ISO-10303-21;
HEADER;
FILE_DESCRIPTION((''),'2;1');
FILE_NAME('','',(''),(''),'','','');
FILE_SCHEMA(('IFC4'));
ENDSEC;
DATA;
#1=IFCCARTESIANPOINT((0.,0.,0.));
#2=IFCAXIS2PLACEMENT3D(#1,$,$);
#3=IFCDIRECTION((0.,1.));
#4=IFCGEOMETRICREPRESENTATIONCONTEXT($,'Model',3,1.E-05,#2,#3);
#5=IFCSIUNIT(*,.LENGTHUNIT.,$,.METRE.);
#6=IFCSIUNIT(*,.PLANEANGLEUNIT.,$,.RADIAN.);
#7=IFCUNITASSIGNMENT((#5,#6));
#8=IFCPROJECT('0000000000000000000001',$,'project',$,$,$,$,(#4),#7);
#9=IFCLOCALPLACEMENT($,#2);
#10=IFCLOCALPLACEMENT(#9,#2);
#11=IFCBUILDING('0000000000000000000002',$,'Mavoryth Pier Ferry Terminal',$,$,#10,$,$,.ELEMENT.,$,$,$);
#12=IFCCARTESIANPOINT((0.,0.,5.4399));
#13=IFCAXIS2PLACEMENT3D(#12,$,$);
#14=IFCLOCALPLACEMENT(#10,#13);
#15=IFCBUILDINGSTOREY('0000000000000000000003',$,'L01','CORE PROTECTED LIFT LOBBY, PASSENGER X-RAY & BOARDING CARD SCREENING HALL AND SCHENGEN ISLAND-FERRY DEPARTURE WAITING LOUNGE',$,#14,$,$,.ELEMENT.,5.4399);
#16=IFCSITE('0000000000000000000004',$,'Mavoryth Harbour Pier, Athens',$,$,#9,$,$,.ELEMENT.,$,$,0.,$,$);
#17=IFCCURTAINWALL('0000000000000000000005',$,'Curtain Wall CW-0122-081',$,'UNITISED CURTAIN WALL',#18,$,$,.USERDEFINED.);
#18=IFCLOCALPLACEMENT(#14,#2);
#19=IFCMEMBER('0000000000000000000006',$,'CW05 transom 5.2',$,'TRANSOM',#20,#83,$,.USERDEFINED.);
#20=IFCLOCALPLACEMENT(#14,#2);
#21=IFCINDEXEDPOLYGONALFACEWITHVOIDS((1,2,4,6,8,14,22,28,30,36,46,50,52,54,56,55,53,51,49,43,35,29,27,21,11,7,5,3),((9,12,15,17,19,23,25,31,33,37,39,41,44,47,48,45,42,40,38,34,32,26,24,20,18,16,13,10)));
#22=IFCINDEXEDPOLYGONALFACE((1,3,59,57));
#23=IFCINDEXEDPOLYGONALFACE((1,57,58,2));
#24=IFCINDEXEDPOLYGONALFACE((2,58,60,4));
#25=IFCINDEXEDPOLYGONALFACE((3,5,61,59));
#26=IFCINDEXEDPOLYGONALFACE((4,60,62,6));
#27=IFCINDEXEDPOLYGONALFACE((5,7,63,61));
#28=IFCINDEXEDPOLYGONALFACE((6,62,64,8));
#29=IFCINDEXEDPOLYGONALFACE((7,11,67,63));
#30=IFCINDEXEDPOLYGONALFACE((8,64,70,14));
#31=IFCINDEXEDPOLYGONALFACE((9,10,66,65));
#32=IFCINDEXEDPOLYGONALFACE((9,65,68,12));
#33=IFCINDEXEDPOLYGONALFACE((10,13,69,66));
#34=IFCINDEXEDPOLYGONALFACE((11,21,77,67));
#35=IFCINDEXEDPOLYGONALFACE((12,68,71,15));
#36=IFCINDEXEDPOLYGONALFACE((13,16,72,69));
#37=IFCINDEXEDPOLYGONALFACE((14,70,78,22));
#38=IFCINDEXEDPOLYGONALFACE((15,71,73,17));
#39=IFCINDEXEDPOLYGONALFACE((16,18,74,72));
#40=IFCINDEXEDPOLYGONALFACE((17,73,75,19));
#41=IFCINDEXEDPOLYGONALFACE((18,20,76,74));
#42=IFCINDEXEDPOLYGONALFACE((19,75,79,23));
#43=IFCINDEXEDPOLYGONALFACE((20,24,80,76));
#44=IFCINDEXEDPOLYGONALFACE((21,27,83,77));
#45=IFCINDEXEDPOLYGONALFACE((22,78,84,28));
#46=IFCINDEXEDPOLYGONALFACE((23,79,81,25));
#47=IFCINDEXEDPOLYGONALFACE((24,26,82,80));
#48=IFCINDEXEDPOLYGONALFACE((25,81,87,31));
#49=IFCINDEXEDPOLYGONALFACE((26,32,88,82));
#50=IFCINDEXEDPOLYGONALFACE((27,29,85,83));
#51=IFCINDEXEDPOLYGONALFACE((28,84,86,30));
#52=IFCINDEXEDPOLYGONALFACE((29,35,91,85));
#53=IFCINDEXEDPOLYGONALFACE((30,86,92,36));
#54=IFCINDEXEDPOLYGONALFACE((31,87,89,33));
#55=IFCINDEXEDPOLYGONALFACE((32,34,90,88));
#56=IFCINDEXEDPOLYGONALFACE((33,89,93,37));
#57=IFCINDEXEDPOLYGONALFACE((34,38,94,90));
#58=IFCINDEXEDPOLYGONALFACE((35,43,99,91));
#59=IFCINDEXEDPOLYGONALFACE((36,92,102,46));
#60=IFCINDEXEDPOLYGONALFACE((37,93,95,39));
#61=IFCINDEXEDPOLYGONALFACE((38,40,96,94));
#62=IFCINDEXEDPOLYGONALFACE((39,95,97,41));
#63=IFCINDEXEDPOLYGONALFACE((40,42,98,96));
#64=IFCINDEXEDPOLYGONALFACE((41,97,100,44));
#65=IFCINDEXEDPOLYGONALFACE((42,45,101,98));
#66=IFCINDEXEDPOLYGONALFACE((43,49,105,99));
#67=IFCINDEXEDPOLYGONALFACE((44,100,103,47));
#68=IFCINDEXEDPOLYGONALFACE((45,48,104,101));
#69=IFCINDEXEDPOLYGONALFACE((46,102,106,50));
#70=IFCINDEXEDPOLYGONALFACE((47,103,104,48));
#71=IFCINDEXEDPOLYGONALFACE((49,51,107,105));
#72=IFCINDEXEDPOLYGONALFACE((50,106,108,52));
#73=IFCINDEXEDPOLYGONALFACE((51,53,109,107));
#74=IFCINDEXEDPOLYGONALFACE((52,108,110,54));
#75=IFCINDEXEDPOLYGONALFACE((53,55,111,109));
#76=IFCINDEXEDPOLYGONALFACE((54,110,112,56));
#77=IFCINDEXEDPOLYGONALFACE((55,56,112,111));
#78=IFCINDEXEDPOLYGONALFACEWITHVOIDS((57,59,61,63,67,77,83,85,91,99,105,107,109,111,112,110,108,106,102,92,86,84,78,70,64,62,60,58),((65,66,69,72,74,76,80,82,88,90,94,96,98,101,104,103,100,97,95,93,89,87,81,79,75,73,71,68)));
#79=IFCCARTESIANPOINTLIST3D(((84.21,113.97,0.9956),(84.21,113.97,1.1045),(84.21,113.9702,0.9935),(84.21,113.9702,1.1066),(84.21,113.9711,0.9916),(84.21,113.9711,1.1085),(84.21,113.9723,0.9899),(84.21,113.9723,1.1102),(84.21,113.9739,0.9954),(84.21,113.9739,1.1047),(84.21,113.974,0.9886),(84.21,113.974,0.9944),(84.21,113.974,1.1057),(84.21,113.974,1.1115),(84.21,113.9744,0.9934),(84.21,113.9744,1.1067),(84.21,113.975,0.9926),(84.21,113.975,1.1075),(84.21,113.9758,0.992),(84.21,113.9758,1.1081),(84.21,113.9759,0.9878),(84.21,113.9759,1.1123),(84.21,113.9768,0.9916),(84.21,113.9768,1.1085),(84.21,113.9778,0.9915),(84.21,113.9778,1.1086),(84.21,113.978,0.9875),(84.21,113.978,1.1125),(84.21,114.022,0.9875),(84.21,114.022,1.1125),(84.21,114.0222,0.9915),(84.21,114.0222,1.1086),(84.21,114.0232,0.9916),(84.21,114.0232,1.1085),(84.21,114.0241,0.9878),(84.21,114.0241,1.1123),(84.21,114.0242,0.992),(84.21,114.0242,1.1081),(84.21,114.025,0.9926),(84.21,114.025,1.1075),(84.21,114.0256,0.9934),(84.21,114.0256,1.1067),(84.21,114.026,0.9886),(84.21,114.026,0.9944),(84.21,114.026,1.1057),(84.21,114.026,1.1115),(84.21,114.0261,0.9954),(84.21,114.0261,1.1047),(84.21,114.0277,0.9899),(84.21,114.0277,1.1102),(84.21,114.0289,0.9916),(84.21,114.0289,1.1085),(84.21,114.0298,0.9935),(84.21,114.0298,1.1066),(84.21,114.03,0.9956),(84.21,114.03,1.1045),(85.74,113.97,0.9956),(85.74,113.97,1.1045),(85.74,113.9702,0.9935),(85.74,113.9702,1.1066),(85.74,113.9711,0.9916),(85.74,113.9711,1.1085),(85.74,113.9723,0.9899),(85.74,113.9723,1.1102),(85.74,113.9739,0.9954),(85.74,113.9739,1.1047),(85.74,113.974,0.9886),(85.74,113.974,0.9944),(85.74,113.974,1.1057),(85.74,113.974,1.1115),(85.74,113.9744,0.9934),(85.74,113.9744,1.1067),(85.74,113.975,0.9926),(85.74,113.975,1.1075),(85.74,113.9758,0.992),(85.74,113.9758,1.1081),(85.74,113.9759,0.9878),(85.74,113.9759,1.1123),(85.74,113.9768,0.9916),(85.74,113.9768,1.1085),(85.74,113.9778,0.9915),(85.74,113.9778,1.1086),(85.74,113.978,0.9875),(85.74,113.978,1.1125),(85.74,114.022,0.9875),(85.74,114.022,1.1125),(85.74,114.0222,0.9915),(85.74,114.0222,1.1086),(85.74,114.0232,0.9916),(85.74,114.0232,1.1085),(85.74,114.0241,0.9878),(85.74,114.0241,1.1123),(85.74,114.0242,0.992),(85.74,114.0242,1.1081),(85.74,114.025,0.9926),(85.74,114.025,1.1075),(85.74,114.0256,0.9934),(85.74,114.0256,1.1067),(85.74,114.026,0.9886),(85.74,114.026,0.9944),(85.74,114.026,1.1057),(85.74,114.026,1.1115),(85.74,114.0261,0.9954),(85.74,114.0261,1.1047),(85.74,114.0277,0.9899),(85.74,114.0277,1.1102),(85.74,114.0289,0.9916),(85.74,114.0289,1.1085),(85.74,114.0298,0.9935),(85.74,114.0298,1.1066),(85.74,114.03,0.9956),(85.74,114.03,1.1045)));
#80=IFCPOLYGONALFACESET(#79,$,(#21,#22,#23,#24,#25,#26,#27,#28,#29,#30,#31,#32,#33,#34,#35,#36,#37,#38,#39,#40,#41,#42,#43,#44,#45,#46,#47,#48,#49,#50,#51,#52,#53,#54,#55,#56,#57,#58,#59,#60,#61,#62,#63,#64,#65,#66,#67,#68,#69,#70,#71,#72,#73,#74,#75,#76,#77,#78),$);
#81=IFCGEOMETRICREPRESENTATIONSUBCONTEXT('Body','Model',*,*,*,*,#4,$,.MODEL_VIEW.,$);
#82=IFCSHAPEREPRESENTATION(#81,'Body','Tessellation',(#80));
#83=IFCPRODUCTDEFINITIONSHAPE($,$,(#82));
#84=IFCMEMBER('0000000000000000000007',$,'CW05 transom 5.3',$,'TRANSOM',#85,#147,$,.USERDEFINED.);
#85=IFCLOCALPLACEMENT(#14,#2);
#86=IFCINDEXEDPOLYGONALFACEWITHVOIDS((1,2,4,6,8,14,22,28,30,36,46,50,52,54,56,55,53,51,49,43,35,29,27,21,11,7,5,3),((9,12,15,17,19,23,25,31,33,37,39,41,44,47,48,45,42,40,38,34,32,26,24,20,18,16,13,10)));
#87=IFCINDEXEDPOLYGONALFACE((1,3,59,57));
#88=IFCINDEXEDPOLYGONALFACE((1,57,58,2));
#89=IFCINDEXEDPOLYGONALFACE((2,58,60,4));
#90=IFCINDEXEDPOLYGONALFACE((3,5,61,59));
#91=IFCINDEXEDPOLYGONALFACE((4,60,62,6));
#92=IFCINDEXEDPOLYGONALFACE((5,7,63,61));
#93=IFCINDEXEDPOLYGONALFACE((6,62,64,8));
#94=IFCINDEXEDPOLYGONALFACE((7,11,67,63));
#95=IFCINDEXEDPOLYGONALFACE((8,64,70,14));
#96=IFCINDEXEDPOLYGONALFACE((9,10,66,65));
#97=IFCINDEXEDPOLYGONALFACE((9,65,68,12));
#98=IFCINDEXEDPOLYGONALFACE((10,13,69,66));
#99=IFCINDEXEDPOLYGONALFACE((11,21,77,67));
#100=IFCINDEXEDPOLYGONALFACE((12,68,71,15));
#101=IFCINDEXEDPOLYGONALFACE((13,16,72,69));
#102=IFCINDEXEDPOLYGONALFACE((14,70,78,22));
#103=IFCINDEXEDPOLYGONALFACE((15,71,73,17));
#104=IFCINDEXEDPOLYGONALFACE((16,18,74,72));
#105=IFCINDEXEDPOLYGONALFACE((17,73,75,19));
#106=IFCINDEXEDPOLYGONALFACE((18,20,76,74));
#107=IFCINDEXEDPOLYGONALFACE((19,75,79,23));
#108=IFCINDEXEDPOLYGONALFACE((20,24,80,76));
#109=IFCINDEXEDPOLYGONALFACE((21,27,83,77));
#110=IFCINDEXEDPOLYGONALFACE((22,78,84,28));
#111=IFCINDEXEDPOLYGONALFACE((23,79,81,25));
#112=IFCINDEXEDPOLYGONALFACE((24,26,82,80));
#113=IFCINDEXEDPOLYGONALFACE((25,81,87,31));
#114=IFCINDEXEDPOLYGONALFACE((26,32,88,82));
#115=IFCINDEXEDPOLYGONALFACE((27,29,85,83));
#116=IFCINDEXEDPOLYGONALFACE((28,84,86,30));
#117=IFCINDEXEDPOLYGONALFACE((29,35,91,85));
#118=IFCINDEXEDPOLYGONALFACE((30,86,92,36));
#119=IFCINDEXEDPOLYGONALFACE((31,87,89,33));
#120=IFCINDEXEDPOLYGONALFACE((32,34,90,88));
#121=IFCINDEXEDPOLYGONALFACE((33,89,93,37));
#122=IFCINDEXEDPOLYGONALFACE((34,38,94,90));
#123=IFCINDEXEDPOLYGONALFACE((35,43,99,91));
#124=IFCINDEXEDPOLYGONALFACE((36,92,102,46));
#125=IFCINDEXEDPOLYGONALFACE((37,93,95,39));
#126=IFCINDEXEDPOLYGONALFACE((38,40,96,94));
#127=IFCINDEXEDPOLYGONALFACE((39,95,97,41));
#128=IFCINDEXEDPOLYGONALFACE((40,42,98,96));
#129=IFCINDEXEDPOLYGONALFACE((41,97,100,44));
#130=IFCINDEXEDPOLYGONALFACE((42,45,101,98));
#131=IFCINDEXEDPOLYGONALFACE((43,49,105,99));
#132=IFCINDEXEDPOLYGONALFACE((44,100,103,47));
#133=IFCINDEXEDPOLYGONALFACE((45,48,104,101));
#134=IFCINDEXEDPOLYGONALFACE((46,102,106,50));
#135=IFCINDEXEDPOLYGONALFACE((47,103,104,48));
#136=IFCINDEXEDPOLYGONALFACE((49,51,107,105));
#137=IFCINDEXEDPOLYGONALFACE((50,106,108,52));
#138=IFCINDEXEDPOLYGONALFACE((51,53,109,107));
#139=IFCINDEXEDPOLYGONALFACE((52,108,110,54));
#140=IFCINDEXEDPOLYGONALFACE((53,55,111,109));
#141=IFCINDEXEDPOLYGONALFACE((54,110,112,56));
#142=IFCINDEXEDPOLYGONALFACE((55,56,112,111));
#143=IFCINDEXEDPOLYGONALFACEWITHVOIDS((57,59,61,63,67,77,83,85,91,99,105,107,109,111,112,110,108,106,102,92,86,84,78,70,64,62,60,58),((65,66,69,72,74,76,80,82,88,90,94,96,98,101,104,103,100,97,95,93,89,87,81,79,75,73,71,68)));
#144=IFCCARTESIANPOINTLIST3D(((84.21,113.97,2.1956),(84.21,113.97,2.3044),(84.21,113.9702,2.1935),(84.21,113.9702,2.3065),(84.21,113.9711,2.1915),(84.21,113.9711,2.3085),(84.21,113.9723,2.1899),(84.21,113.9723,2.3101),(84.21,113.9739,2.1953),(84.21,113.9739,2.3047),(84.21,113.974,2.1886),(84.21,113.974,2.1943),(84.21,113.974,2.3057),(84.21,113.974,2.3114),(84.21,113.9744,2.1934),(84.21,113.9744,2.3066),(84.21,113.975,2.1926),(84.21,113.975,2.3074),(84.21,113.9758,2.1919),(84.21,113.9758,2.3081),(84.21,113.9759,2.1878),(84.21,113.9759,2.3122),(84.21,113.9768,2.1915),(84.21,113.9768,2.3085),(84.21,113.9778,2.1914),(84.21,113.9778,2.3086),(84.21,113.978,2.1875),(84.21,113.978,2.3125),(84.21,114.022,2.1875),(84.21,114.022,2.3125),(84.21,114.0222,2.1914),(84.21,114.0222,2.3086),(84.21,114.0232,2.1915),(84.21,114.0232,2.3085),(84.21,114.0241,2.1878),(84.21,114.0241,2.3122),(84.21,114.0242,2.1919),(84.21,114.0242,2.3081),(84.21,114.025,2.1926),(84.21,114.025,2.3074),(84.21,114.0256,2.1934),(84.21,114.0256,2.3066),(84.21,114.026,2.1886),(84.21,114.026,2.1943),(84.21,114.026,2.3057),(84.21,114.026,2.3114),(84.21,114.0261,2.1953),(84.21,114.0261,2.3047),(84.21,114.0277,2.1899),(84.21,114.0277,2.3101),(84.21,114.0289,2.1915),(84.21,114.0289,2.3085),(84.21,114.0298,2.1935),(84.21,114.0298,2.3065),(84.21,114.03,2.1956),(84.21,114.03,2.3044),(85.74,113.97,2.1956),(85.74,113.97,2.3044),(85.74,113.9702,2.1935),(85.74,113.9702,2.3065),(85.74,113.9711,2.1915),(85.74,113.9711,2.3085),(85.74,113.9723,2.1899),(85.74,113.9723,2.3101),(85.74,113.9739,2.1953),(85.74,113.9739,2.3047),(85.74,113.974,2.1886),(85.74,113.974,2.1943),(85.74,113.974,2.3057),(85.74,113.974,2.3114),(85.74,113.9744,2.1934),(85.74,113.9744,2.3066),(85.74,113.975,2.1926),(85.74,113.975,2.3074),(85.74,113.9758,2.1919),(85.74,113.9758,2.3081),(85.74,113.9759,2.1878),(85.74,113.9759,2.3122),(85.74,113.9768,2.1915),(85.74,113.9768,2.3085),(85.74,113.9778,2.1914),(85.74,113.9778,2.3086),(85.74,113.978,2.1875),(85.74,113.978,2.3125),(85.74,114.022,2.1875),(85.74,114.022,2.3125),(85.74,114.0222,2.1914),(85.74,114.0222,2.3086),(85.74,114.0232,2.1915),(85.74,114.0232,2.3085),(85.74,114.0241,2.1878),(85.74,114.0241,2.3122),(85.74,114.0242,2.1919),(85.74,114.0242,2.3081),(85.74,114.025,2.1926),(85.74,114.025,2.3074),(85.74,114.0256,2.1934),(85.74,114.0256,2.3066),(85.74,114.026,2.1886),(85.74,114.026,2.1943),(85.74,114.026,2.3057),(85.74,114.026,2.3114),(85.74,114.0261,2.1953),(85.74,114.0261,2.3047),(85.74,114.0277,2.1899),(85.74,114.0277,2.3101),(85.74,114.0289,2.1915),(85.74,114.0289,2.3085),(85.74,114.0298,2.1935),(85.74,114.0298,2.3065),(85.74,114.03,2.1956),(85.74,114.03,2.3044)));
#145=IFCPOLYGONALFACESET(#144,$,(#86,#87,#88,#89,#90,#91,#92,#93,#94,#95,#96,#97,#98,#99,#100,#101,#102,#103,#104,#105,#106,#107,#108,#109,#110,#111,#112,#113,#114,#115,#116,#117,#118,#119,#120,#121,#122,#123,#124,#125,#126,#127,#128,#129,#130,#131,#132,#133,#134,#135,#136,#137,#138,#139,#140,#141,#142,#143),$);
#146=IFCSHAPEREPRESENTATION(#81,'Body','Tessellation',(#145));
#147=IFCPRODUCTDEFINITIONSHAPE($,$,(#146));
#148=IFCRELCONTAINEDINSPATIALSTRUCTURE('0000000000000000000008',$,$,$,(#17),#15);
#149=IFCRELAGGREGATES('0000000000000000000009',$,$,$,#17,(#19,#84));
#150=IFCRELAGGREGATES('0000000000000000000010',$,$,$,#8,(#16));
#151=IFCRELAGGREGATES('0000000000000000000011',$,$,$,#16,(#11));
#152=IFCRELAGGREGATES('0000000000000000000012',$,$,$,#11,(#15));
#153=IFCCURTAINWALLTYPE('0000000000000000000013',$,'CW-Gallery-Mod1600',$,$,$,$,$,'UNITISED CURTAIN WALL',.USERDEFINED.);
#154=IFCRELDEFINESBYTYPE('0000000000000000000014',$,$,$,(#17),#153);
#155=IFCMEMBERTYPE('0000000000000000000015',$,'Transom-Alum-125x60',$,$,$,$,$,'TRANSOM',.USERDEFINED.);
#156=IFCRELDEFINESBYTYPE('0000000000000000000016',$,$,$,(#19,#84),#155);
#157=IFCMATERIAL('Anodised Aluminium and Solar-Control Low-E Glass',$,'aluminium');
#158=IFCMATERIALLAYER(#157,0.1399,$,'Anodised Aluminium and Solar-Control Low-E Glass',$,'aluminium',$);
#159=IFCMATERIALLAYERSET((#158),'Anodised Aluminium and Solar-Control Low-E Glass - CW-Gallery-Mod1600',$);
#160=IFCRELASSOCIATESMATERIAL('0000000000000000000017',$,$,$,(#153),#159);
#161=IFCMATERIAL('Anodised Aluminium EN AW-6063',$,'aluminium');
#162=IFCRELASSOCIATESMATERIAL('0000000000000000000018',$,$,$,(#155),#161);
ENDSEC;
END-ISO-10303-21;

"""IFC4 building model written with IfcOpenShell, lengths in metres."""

from ifc_helpers import new_model, si_unit, direction, frame, origin, origin_2d, place, context, subcontext, project, spatial, hollow_rectangle, extrude, material, layer, layer_set, material_profile, profile_set, type_object, element, aggregate, save


model = new_model("IFC4")

# Units and contexts
model_context = context("Model", 3, precision=1e-05, world=origin(), true_north=direction((0.0, 1.0)))
body_context = subcontext(model_context, "Body", "Model", "MODEL_VIEW")
ifc_project = project(units=[si_unit("LENGTHUNIT", "METRE"), si_unit("PLANEANGLEUNIT", "RADIAN")], contexts=[model_context])

# Site, building, storey
site_placement = place(None, origin())
site = spatial("IfcSite", under=ifc_project, at=site_placement, Name="Mavoryth Harbour Pier, Athens", CompositionType="ELEMENT", RefElevation=0.0)
building_placement = place(site_placement, origin())
building = spatial("IfcBuilding", under=site, at=building_placement, Name="Mavoryth Pier Ferry Terminal", CompositionType="ELEMENT")
storey_placement = place(building_placement, frame((0.0, 0.0, 5.4399)))
storey = spatial("IfcBuildingStorey", under=building, at=storey_placement, Name="L01", Description="CORE PROTECTED LIFT LOBBY, PASSENGER X-RAY & BOARDING CARD SCREENING HALL AND SCHENGEN ISLAND-FERRY DEPARTURE WAITING LOUNGE", CompositionType="ELEMENT", Elevation=5.4399)

# Curtain wall, members
ifc_material_1 = material(Name="Anodised Aluminium and Solar-Control Low-E Glass", Category="aluminium")
ifc_layer_1 = layer(ifc_material_1, 0.1399, Name="Anodised Aluminium and Solar-Control Low-E Glass", Category="aluminium")
ifc_layer_set_1 = layer_set([ifc_layer_1], Name="Anodised Aluminium and Solar-Control Low-E Glass - CW-Gallery-Mod1600")
curtain_wall_type = type_object("IfcCurtainWallType", Name="CW-Gallery-Mod1600", ElementType="UNITISED CURTAIN WALL", PredefinedType="USERDEFINED", material=ifc_layer_set_1)
curtain_wall_placement = place(storey_placement, origin())
curtain_wall = element("IfcCurtainWall", 1, at=curtain_wall_placement, inside=storey, type_object=curtain_wall_type, Name="Curtain Wall CW-0122-081", ObjectType="UNITISED CURTAIN WALL", PredefinedType="USERDEFINED")
ifc_material_2 = material(Name="Anodised Aluminium EN AW-6063", Category="aluminium")
ifc_material_profile_1 = material_profile(ifc_material_2, hollow_rectangle(XDim=0.0601, YDim=0.125, WallThickness=0.0039, InnerFilletRadius=0.0039, OuterFilletRadius=0.0081, at=origin_2d()), Name="AL-TRAN 125x60x4", Category="aluminium")
ifc_profile_set_1 = profile_set([ifc_material_profile_1], Name="Anodised Aluminium EN AW-6063 - AL-TRAN 125x60x4")
member_type_1 = type_object("IfcMemberType", Name="Transom-Alum-125x60", ElementType="TRANSOM", PredefinedType="USERDEFINED", material=ifc_profile_set_1)
member_1_placement = place(storey_placement, frame((85.74, 114.0, 1.05), z_axis=(-1.0, 0.0, 0.0), x_axis=(0.0, -1.0, 0.0)))
member_1 = element("IfcMember", 2, at=member_1_placement, type_object=member_type_1, Name="CW05 transom 5.2", ObjectType="TRANSOM", PredefinedType="USERDEFINED", context=body_context, shape_type="SweptSolid", body=[
    extrude(hollow_rectangle(XDim=0.0601, YDim=0.125, WallThickness=0.0039, InnerFilletRadius=0.0039, OuterFilletRadius=0.0081, at=origin_2d()), origin(), (0.0, 0.0, 1.0), 1.53),
])
member_2_placement = place(storey_placement, frame((85.74, 114.0, 2.25), z_axis=(-1.0, 0.0, 0.0), x_axis=(0.0, -1.0, 0.0)))
member_2 = element("IfcMember", 3, at=member_2_placement, type_object=member_type_1, Name="CW05 transom 5.3", ObjectType="TRANSOM", PredefinedType="USERDEFINED", context=body_context, shape_type="SweptSolid", body=[
    extrude(hollow_rectangle(XDim=0.0601, YDim=0.125, WallThickness=0.0039, InnerFilletRadius=0.0039, OuterFilletRadius=0.0081, at=origin_2d()), origin(), (0.0, 0.0, 1.0), 1.53),
])
aggregate(curtain_wall, [member_1, member_2])

save(model, "model.ifc")
